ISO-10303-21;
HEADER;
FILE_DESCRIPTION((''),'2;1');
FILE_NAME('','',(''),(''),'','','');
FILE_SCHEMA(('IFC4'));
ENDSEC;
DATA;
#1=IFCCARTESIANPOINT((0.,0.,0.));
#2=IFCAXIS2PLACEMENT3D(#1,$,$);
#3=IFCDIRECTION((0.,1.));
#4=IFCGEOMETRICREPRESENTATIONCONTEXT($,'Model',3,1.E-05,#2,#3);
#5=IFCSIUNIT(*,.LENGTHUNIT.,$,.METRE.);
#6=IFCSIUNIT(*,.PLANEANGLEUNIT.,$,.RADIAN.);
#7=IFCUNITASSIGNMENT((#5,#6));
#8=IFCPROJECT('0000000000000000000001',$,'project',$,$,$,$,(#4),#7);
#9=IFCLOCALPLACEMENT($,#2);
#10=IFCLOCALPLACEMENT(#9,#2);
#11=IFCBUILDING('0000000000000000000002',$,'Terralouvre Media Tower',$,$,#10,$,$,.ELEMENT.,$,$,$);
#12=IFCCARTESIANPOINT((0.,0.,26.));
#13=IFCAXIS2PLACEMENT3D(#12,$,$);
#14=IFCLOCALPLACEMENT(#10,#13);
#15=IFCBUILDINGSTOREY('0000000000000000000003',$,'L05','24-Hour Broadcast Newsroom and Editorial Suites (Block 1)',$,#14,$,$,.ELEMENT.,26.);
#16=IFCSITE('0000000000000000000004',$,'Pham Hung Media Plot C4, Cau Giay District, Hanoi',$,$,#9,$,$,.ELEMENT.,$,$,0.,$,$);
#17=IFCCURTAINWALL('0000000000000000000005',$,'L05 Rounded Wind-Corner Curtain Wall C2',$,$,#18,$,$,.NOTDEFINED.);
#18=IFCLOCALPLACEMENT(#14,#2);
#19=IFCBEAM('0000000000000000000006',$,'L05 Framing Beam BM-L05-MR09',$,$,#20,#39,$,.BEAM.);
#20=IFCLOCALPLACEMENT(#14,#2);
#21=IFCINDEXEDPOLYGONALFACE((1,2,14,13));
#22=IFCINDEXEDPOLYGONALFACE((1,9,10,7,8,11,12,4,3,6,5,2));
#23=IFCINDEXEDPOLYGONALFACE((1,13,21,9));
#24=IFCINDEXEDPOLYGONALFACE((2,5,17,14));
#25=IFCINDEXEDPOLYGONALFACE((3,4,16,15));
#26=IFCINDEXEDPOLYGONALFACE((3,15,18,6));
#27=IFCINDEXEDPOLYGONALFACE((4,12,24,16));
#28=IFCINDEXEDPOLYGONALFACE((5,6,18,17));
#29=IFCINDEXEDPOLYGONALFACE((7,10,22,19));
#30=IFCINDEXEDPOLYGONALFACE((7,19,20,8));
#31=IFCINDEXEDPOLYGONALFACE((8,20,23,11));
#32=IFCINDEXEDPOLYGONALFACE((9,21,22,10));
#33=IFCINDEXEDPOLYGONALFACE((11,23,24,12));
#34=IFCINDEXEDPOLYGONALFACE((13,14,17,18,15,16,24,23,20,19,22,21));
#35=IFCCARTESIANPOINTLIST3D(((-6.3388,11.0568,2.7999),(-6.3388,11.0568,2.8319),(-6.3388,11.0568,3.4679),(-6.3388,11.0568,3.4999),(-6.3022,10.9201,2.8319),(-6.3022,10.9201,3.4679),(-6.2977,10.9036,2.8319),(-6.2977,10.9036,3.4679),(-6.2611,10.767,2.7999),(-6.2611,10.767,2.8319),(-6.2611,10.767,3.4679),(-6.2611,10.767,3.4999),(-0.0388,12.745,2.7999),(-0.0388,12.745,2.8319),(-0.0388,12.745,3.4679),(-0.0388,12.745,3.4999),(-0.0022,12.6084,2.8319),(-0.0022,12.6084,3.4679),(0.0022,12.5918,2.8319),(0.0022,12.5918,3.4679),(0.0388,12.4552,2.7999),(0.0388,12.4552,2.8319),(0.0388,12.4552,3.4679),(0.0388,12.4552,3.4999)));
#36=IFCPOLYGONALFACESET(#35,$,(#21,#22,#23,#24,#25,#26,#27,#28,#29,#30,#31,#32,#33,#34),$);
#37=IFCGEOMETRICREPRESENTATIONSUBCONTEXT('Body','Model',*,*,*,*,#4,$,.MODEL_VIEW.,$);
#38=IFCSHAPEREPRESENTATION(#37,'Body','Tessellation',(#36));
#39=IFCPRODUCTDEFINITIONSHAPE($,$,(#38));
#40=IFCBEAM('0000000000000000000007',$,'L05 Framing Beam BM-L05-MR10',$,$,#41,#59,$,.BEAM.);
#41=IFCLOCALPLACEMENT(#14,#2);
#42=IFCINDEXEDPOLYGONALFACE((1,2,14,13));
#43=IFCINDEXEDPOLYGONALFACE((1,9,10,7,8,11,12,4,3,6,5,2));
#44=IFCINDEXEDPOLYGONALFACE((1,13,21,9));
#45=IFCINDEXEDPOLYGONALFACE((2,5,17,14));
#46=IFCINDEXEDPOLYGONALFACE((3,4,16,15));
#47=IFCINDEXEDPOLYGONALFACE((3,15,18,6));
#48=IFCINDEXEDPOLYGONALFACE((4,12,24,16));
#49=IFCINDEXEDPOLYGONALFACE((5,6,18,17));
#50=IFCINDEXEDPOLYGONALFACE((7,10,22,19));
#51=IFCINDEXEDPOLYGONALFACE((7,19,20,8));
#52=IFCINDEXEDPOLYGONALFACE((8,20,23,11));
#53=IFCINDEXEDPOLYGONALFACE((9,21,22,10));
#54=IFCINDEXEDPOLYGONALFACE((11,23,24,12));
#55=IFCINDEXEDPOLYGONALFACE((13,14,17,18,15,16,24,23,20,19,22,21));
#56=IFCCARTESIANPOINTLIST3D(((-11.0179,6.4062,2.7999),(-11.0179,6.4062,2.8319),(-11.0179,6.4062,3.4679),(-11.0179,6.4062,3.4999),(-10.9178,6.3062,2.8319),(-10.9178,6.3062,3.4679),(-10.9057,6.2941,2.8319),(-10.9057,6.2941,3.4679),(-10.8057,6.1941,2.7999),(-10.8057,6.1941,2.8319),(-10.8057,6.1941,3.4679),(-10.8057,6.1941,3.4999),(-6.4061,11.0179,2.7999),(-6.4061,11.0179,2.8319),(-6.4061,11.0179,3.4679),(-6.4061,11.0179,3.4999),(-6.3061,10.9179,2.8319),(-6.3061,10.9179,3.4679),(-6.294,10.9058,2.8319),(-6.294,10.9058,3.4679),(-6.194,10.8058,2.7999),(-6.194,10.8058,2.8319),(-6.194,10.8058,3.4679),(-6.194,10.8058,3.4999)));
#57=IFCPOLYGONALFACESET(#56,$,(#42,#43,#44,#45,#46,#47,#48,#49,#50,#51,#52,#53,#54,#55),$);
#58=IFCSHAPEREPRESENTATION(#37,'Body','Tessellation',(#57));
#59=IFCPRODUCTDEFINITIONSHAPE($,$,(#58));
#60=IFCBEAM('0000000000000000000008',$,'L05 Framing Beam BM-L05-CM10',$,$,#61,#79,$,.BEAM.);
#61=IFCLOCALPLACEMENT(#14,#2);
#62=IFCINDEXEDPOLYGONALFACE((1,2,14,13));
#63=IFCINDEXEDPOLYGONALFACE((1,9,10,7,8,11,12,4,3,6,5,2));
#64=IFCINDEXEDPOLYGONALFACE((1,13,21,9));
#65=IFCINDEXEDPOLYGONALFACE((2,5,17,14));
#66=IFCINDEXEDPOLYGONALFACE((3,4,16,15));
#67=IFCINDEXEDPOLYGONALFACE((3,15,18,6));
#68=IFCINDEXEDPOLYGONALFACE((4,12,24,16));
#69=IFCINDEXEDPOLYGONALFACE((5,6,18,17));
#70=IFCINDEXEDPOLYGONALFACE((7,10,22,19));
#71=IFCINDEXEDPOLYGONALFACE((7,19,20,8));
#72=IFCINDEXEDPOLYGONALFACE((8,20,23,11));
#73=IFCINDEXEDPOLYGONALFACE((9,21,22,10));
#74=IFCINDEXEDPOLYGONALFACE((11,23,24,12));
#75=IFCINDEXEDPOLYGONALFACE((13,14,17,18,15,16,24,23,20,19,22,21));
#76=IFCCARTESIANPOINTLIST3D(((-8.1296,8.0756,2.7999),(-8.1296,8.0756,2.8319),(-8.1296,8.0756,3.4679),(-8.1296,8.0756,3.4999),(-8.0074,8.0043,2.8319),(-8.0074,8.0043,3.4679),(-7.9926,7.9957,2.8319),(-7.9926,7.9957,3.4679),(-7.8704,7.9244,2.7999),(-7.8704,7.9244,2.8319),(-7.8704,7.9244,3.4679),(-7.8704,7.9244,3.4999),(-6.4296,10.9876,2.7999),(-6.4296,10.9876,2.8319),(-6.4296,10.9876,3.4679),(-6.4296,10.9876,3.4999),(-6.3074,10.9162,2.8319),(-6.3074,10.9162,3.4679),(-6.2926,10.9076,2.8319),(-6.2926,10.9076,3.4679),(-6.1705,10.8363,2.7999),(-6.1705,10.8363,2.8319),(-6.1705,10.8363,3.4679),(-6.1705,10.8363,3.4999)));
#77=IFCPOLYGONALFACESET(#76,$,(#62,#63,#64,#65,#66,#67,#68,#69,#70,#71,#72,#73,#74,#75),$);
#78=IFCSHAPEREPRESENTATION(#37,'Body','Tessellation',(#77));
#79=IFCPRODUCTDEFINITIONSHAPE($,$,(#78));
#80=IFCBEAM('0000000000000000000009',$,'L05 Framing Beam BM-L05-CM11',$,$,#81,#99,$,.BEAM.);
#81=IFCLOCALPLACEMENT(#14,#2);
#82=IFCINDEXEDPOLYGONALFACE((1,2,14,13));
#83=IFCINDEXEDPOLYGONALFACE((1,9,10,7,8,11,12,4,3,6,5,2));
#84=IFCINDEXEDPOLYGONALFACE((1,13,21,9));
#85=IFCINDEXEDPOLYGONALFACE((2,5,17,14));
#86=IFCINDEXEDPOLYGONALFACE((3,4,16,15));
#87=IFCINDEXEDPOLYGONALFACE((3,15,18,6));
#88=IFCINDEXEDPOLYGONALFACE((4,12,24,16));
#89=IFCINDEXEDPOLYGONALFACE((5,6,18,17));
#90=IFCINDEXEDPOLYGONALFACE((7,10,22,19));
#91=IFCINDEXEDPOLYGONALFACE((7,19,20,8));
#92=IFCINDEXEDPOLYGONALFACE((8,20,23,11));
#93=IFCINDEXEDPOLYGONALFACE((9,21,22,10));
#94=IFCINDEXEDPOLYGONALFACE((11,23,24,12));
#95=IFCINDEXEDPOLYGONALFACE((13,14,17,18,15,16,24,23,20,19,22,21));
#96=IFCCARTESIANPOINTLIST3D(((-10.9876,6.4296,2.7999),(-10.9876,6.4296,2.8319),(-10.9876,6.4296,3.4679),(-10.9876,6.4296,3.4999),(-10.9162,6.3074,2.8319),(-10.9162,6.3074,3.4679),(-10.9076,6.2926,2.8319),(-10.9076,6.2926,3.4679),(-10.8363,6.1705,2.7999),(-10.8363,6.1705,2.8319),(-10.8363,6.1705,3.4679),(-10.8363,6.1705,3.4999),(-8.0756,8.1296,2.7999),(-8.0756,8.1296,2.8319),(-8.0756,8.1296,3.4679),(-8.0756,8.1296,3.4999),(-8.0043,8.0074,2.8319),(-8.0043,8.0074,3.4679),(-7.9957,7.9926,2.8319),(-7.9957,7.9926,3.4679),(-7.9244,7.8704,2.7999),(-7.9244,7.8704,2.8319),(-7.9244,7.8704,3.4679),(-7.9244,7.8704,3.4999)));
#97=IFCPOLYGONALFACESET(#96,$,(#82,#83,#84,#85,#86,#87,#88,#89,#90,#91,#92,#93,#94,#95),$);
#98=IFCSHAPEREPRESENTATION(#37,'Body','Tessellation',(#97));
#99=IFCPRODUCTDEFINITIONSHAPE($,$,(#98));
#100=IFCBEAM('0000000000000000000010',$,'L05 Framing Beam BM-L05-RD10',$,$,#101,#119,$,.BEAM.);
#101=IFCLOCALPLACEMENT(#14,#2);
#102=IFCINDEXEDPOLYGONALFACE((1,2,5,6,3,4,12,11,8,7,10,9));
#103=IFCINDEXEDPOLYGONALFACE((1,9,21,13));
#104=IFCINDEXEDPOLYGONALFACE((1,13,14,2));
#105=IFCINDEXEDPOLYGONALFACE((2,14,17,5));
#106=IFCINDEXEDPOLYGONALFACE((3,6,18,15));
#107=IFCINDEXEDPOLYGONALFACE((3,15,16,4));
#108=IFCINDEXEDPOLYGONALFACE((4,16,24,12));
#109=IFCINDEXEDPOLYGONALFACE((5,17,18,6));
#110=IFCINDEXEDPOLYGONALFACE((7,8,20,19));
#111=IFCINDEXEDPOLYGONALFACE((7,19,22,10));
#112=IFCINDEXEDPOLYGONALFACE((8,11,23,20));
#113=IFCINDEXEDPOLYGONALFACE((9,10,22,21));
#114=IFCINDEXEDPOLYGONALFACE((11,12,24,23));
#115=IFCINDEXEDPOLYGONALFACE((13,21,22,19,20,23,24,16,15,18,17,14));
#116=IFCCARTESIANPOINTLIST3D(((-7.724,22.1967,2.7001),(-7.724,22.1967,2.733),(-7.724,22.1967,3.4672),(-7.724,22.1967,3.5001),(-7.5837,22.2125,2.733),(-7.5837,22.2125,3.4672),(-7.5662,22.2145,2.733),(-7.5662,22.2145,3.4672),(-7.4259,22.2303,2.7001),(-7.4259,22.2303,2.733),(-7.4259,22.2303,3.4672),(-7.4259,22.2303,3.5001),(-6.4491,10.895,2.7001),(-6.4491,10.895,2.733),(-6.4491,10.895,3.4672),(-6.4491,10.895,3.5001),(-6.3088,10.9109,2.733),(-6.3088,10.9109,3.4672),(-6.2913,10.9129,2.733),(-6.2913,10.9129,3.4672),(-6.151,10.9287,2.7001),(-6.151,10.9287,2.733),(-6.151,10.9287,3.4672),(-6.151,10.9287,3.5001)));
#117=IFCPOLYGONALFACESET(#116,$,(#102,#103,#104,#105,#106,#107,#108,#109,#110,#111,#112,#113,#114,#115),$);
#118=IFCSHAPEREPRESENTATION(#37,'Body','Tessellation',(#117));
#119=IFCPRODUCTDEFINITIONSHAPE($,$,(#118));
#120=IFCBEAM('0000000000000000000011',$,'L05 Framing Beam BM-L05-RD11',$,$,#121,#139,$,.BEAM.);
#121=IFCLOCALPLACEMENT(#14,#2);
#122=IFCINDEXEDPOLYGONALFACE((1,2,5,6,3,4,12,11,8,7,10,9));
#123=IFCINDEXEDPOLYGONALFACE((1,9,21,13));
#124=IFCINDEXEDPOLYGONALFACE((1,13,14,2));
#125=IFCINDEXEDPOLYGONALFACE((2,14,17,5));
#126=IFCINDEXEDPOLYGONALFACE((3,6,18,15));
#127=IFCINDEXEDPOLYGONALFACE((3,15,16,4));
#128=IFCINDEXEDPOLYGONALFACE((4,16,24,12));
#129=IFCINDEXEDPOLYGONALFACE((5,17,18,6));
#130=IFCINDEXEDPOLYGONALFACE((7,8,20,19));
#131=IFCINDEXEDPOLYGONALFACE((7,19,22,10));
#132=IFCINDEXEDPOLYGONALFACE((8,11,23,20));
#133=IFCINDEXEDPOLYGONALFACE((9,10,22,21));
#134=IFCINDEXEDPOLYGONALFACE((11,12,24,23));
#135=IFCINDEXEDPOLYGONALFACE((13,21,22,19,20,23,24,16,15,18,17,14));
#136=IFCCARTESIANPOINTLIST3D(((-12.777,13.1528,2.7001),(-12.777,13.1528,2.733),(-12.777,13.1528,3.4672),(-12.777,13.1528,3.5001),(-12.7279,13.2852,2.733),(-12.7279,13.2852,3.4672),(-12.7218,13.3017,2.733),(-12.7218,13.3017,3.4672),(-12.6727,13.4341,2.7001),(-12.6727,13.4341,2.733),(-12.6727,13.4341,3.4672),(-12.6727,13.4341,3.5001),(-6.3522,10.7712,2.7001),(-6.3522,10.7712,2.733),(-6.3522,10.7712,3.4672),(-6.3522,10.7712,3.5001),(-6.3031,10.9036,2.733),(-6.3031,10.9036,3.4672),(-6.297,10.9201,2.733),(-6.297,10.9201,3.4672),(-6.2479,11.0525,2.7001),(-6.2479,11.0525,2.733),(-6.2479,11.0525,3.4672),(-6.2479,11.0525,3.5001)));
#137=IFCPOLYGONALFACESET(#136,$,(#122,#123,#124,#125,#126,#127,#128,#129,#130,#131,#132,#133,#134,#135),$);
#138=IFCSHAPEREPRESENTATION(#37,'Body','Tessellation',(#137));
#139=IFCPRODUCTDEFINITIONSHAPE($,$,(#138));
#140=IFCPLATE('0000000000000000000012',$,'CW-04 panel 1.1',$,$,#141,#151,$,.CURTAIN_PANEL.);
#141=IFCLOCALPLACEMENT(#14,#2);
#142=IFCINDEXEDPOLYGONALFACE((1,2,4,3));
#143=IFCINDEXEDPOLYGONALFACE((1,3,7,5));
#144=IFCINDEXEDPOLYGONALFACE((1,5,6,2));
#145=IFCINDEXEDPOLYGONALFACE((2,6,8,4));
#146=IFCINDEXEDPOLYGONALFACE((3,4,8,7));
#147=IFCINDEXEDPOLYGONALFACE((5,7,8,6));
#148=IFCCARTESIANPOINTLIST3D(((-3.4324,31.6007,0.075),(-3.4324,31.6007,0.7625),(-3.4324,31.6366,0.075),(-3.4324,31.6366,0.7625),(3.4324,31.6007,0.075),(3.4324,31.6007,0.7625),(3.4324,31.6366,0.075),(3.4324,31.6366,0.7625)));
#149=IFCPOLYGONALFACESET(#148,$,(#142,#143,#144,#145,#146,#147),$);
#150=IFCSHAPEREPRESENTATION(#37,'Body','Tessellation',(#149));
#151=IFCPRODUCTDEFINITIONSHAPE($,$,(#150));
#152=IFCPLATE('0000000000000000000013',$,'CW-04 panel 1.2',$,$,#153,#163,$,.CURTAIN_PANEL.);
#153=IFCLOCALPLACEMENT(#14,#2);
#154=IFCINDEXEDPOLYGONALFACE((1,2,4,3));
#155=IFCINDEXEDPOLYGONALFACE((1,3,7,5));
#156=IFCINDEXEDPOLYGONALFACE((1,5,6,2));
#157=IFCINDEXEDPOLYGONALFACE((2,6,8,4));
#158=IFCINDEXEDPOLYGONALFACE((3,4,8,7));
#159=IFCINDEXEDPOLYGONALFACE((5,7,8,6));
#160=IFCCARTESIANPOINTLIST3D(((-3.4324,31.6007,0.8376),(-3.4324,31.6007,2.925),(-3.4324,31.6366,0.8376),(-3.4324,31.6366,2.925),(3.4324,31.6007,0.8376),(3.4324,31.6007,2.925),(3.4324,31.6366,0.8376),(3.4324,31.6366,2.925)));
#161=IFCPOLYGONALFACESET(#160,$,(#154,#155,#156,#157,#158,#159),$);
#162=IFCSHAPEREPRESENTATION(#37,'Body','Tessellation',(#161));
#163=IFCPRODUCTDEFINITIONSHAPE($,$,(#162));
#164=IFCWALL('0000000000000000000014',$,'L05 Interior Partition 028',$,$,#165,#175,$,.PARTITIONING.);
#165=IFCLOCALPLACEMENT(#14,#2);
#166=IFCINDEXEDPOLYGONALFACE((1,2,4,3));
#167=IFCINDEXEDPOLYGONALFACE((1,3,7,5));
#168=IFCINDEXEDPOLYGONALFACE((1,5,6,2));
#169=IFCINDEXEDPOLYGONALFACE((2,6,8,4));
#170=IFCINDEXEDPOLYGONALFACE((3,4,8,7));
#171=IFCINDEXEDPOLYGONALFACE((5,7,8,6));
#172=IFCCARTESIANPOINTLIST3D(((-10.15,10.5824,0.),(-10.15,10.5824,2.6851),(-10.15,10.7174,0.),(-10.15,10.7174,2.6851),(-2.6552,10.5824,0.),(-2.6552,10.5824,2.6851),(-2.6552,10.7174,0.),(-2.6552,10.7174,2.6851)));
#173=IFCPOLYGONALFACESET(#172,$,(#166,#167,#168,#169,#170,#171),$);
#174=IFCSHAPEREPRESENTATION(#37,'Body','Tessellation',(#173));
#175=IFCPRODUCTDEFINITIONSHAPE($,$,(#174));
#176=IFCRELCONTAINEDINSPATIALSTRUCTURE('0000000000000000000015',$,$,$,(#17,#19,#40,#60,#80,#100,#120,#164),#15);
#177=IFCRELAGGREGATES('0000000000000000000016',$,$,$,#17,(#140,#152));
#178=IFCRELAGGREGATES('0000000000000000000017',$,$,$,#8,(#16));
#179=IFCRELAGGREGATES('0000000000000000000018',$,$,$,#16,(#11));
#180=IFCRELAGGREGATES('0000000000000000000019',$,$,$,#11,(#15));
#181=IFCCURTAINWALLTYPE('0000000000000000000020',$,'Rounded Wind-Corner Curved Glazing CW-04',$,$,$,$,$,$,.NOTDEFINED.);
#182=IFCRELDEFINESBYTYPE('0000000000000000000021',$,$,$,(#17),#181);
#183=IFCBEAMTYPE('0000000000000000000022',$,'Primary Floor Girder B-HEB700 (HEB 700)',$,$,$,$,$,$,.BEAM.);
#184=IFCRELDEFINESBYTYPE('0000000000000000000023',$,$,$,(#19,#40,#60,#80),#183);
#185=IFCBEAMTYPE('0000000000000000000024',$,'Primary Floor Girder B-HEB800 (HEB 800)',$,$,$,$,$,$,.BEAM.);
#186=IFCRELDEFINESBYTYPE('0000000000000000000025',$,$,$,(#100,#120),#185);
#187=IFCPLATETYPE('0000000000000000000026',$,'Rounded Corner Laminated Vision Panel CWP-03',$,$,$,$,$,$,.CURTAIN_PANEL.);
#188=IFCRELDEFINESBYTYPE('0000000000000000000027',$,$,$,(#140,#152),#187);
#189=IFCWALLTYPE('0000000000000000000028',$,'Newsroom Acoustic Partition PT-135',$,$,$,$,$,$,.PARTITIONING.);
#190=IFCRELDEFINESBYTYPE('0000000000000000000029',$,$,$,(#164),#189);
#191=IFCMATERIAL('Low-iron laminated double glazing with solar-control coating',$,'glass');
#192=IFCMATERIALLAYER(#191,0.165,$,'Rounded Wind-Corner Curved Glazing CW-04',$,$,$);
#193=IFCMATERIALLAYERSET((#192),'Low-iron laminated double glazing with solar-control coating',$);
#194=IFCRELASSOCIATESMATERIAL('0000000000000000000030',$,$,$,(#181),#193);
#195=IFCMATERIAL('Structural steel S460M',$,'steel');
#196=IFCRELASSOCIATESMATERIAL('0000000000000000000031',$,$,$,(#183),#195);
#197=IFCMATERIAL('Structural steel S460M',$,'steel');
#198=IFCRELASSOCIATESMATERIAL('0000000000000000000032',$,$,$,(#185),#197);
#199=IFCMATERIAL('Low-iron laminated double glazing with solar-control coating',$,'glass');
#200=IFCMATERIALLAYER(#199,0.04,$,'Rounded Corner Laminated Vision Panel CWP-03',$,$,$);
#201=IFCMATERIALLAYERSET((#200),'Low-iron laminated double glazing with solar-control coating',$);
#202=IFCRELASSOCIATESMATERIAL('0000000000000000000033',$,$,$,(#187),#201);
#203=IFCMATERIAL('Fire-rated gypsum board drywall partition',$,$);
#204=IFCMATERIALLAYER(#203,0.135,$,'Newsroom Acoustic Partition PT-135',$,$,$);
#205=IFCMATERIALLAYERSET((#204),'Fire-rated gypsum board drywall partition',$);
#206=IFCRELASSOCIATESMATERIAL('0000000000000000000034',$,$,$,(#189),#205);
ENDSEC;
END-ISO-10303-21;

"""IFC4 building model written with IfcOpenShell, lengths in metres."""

from ifc_helpers import new_model, si_unit, direction, frame, frame_2d, origin, origin_2d, place, context, subcontext, project, spatial, rectangle, i_section, extrude, material, layer, layer_set, material_profile, profile_set, type_object, element, aggregate, save


model = new_model("IFC4")

# Units and contexts
model_context = context("Model", 3, precision=1e-05, world=origin(), true_north=direction((0.0, 1.0)))
body_context = subcontext(model_context, "Body", "Model", "MODEL_VIEW")
ifc_project = project(units=[si_unit("LENGTHUNIT", "METRE"), si_unit("PLANEANGLEUNIT", "RADIAN")], contexts=[model_context])

# Site, building, storey
site_placement = place(None, origin())
site = spatial("IfcSite", under=ifc_project, at=site_placement, Name="Pham Hung Media Plot C4, Cau Giay District, Hanoi", CompositionType="ELEMENT", RefElevation=0.0)
building_placement = place(site_placement, origin())
building = spatial("IfcBuilding", under=site, at=building_placement, Name="Terralouvre Media Tower", CompositionType="ELEMENT")
storey_placement = place(building_placement, frame((0.0, 0.0, 26.0)))
storey = spatial("IfcBuildingStorey", under=building, at=storey_placement, Name="L05", Description="24-Hour Broadcast Newsroom and Editorial Suites (Block 1)", CompositionType="ELEMENT", Elevation=26.0)

# Curtain wall
ifc_material_1 = material(Name="Low-iron laminated double glazing with solar-control coating", Category="glass")
ifc_layer_1 = layer(ifc_material_1, 0.165, Name="Rounded Wind-Corner Curved Glazing CW-04")
ifc_layer_set_1 = layer_set([ifc_layer_1], Name="Low-iron laminated double glazing with solar-control coating")
curtain_wall_type = type_object("IfcCurtainWallType", Name="Rounded Wind-Corner Curved Glazing CW-04", PredefinedType="NOTDEFINED", material=ifc_layer_set_1)
curtain_wall_placement = place(storey_placement, origin())
curtain_wall = element("IfcCurtainWall", 1, at=curtain_wall_placement, inside=storey, type_object=curtain_wall_type, Name="L05 Rounded Wind-Corner Curtain Wall C2", PredefinedType="NOTDEFINED")

# Beams
ifc_material_2 = material(Name="Structural steel S460M", Category="steel")
ifc_material_profile_1 = material_profile(ifc_material_2, i_section(OverallWidth=0.3, OverallDepth=0.7, WebThickness=0.0171, FlangeThickness=0.032, at=origin_2d()), Name="HEB 700")
ifc_profile_set_1 = profile_set([ifc_material_profile_1], Name="Structural steel S460M")
beam_type_1 = type_object("IfcBeamType", Name="Primary Floor Girder B-HEB700 (HEB 700)", PredefinedType="BEAM", material=ifc_profile_set_1)
beam_1_placement = place(storey_placement, frame((0.0, 12.6001, 3.1499), z_axis=(-0.96592, -0.258839, 0.0), x_axis=(0.258839, -0.96592, 0.0)))
element("IfcBeam", 2, at=beam_1_placement, inside=storey, type_object=beam_type_1, Name="L05 Framing Beam BM-L05-MR09", PredefinedType="BEAM", context=body_context, shape_type="SweptSolid", body=[
    extrude(i_section(OverallWidth=0.3, OverallDepth=0.7, WebThickness=0.0171, FlangeThickness=0.032, at=origin_2d()), origin(), (0.0, 0.0, 1.0), 6.5222),
])
beam_2_placement = place(storey_placement, frame((-6.3, 10.9119, 3.1499), z_axis=(-0.707107, -0.707107, 0.0), x_axis=(0.707107, -0.707107, 0.0)))
element("IfcBeam", 3, at=beam_2_placement, inside=storey, type_object=beam_type_1, Name="L05 Framing Beam BM-L05-MR10", PredefinedType="BEAM", context=body_context, shape_type="SweptSolid", body=[
    extrude(i_section(OverallWidth=0.3, OverallDepth=0.7, WebThickness=0.0171, FlangeThickness=0.032, at=origin_2d()), origin(), (0.0, 0.0, 1.0), 6.522),
])
for number, where, z_axis, x_axis, name in (
    (4, (-8.0, 8.0, 3.1499), (0.504173, 0.863603, 0.0), (-0.863603, 0.504173, 0.0), "L05 Framing Beam BM-L05-CM10"),
    (5, (-8.0, 8.0, 3.1499), (-0.863603, -0.504173, 0.0), (0.504173, -0.863603, 0.0), "L05 Framing Beam BM-L05-CM11"),
):
    element("IfcBeam", number, at=place(storey_placement, frame(where, z_axis=z_axis, x_axis=x_axis)), inside=storey, type_object=beam_type_1, Name=name, PredefinedType="BEAM", context=body_context, shape_type="SweptSolid", body=[
        extrude(i_section(OverallWidth=0.3, OverallDepth=0.7, WebThickness=0.0171, FlangeThickness=0.032, at=origin_2d()), origin(), (0.0, 0.0, 1.0), 3.3718),
    ])
ifc_material_3 = material(Name="Structural steel S460M", Category="steel")
ifc_material_profile_2 = material_profile(ifc_material_3, i_section(OverallWidth=0.3, OverallDepth=0.8, WebThickness=0.0176, FlangeThickness=0.033, at=origin_2d()), Name="HEB 800")
ifc_profile_set_2 = profile_set([ifc_material_profile_2], Name="Structural steel S460M")
beam_type_2 = type_object("IfcBeamType", Name="Primary Floor Girder B-HEB800 (HEB 800)", PredefinedType="BEAM", material=ifc_profile_set_2)
beam_3_placement = place(storey_placement, frame((-6.3, 10.9119, 3.1001), z_axis=(-0.112097, 0.993697, 0.0), x_axis=(-0.993697, -0.112097, 0.0)))
element("IfcBeam", 6, at=beam_3_placement, inside=storey, type_object=beam_type_2, Name="L05 Framing Beam BM-L05-RD10", PredefinedType="BEAM", context=body_context, shape_type="SweptSolid", body=[
    extrude(i_section(OverallWidth=0.3, OverallDepth=0.8, WebThickness=0.0176, FlangeThickness=0.033, at=origin_2d()), origin(), (0.0, 0.0, 1.0), 11.3733),
])
beam_4_placement = place(storey_placement, frame((-6.3, 10.9119, 3.1001), z_axis=(-0.937652, 0.347575, 0.0), x_axis=(-0.347575, -0.937652, 0.0)))
element("IfcBeam", 7, at=beam_4_placement, inside=storey, type_object=beam_type_2, Name="L05 Framing Beam BM-L05-RD11", PredefinedType="BEAM", context=body_context, shape_type="SweptSolid", body=[
    extrude(i_section(OverallWidth=0.3, OverallDepth=0.8, WebThickness=0.0176, FlangeThickness=0.033, at=origin_2d()), origin(), (0.0, 0.0, 1.0), 6.8521),
])

# Plates
ifc_material_4 = material(Name="Low-iron laminated double glazing with solar-control coating", Category="glass")
ifc_layer_2 = layer(ifc_material_4, 0.04, Name="Rounded Corner Laminated Vision Panel CWP-03")
ifc_layer_set_2 = layer_set([ifc_layer_2], Name="Low-iron laminated double glazing with solar-control coating")
plate_type = type_object("IfcPlateType", Name="Rounded Corner Laminated Vision Panel CWP-03", PredefinedType="CURTAIN_PANEL", material=ifc_layer_set_2)
plate_1_placement = place(storey_placement, frame((0.0, 31.6187, 0.075), z_axis=(0.0, 0.0, 1.0), x_axis=(-1.0, 0.0, 0.0)))
plate_1 = element("IfcPlate", 8, at=plate_1_placement, type_object=plate_type, Name="CW-04 panel 1.1", PredefinedType="CURTAIN_PANEL", context=body_context, shape_type="SweptSolid", body=[
    extrude(rectangle(XDim=6.8647, YDim=0.0359, at=origin_2d()), origin(), (0.0, 0.0, 1.0), 0.6875),
])
plate_2_placement = place(storey_placement, frame((0.0, 31.6187, 0.8376), z_axis=(0.0, 0.0, 1.0), x_axis=(-1.0, 0.0, 0.0)))
plate_2 = element("IfcPlate", 9, at=plate_2_placement, type_object=plate_type, Name="CW-04 panel 1.2", PredefinedType="CURTAIN_PANEL", context=body_context, shape_type="SweptSolid", body=[
    extrude(rectangle(XDim=6.8647, YDim=0.0359, at=origin_2d()), origin(), (0.0, 0.0, 1.0), 2.0874),
])
aggregate(curtain_wall, [plate_1, plate_2])

# Wall
ifc_material_5 = material(Name="Fire-rated gypsum board drywall partition")
ifc_layer_3 = layer(ifc_material_5, 0.135, Name="Newsroom Acoustic Partition PT-135")
ifc_layer_set_3 = layer_set([ifc_layer_3], Name="Fire-rated gypsum board drywall partition")
wall_type_1 = type_object("IfcWallType", Name="Newsroom Acoustic Partition PT-135", PredefinedType="PARTITIONING", material=ifc_layer_set_3)
wall_1_placement = place(storey_placement, frame((-2.655, 10.6499, 0.0), z_axis=(0.0, 0.0, 1.0), x_axis=(-1.0, 0.0, 0.0)))
element("IfcWall", 10, at=wall_1_placement, inside=storey, type_object=wall_type_1, Name="L05 Interior Partition 028", PredefinedType="PARTITIONING", context=body_context, shape_type="SweptSolid", body=[
    extrude(rectangle(XDim=7.4949, YDim=0.135, at=frame_2d((3.7476, 0.0))), origin(), (0.0, 0.0, 1.0), 2.6851),
])

save(model, "model.ifc")
